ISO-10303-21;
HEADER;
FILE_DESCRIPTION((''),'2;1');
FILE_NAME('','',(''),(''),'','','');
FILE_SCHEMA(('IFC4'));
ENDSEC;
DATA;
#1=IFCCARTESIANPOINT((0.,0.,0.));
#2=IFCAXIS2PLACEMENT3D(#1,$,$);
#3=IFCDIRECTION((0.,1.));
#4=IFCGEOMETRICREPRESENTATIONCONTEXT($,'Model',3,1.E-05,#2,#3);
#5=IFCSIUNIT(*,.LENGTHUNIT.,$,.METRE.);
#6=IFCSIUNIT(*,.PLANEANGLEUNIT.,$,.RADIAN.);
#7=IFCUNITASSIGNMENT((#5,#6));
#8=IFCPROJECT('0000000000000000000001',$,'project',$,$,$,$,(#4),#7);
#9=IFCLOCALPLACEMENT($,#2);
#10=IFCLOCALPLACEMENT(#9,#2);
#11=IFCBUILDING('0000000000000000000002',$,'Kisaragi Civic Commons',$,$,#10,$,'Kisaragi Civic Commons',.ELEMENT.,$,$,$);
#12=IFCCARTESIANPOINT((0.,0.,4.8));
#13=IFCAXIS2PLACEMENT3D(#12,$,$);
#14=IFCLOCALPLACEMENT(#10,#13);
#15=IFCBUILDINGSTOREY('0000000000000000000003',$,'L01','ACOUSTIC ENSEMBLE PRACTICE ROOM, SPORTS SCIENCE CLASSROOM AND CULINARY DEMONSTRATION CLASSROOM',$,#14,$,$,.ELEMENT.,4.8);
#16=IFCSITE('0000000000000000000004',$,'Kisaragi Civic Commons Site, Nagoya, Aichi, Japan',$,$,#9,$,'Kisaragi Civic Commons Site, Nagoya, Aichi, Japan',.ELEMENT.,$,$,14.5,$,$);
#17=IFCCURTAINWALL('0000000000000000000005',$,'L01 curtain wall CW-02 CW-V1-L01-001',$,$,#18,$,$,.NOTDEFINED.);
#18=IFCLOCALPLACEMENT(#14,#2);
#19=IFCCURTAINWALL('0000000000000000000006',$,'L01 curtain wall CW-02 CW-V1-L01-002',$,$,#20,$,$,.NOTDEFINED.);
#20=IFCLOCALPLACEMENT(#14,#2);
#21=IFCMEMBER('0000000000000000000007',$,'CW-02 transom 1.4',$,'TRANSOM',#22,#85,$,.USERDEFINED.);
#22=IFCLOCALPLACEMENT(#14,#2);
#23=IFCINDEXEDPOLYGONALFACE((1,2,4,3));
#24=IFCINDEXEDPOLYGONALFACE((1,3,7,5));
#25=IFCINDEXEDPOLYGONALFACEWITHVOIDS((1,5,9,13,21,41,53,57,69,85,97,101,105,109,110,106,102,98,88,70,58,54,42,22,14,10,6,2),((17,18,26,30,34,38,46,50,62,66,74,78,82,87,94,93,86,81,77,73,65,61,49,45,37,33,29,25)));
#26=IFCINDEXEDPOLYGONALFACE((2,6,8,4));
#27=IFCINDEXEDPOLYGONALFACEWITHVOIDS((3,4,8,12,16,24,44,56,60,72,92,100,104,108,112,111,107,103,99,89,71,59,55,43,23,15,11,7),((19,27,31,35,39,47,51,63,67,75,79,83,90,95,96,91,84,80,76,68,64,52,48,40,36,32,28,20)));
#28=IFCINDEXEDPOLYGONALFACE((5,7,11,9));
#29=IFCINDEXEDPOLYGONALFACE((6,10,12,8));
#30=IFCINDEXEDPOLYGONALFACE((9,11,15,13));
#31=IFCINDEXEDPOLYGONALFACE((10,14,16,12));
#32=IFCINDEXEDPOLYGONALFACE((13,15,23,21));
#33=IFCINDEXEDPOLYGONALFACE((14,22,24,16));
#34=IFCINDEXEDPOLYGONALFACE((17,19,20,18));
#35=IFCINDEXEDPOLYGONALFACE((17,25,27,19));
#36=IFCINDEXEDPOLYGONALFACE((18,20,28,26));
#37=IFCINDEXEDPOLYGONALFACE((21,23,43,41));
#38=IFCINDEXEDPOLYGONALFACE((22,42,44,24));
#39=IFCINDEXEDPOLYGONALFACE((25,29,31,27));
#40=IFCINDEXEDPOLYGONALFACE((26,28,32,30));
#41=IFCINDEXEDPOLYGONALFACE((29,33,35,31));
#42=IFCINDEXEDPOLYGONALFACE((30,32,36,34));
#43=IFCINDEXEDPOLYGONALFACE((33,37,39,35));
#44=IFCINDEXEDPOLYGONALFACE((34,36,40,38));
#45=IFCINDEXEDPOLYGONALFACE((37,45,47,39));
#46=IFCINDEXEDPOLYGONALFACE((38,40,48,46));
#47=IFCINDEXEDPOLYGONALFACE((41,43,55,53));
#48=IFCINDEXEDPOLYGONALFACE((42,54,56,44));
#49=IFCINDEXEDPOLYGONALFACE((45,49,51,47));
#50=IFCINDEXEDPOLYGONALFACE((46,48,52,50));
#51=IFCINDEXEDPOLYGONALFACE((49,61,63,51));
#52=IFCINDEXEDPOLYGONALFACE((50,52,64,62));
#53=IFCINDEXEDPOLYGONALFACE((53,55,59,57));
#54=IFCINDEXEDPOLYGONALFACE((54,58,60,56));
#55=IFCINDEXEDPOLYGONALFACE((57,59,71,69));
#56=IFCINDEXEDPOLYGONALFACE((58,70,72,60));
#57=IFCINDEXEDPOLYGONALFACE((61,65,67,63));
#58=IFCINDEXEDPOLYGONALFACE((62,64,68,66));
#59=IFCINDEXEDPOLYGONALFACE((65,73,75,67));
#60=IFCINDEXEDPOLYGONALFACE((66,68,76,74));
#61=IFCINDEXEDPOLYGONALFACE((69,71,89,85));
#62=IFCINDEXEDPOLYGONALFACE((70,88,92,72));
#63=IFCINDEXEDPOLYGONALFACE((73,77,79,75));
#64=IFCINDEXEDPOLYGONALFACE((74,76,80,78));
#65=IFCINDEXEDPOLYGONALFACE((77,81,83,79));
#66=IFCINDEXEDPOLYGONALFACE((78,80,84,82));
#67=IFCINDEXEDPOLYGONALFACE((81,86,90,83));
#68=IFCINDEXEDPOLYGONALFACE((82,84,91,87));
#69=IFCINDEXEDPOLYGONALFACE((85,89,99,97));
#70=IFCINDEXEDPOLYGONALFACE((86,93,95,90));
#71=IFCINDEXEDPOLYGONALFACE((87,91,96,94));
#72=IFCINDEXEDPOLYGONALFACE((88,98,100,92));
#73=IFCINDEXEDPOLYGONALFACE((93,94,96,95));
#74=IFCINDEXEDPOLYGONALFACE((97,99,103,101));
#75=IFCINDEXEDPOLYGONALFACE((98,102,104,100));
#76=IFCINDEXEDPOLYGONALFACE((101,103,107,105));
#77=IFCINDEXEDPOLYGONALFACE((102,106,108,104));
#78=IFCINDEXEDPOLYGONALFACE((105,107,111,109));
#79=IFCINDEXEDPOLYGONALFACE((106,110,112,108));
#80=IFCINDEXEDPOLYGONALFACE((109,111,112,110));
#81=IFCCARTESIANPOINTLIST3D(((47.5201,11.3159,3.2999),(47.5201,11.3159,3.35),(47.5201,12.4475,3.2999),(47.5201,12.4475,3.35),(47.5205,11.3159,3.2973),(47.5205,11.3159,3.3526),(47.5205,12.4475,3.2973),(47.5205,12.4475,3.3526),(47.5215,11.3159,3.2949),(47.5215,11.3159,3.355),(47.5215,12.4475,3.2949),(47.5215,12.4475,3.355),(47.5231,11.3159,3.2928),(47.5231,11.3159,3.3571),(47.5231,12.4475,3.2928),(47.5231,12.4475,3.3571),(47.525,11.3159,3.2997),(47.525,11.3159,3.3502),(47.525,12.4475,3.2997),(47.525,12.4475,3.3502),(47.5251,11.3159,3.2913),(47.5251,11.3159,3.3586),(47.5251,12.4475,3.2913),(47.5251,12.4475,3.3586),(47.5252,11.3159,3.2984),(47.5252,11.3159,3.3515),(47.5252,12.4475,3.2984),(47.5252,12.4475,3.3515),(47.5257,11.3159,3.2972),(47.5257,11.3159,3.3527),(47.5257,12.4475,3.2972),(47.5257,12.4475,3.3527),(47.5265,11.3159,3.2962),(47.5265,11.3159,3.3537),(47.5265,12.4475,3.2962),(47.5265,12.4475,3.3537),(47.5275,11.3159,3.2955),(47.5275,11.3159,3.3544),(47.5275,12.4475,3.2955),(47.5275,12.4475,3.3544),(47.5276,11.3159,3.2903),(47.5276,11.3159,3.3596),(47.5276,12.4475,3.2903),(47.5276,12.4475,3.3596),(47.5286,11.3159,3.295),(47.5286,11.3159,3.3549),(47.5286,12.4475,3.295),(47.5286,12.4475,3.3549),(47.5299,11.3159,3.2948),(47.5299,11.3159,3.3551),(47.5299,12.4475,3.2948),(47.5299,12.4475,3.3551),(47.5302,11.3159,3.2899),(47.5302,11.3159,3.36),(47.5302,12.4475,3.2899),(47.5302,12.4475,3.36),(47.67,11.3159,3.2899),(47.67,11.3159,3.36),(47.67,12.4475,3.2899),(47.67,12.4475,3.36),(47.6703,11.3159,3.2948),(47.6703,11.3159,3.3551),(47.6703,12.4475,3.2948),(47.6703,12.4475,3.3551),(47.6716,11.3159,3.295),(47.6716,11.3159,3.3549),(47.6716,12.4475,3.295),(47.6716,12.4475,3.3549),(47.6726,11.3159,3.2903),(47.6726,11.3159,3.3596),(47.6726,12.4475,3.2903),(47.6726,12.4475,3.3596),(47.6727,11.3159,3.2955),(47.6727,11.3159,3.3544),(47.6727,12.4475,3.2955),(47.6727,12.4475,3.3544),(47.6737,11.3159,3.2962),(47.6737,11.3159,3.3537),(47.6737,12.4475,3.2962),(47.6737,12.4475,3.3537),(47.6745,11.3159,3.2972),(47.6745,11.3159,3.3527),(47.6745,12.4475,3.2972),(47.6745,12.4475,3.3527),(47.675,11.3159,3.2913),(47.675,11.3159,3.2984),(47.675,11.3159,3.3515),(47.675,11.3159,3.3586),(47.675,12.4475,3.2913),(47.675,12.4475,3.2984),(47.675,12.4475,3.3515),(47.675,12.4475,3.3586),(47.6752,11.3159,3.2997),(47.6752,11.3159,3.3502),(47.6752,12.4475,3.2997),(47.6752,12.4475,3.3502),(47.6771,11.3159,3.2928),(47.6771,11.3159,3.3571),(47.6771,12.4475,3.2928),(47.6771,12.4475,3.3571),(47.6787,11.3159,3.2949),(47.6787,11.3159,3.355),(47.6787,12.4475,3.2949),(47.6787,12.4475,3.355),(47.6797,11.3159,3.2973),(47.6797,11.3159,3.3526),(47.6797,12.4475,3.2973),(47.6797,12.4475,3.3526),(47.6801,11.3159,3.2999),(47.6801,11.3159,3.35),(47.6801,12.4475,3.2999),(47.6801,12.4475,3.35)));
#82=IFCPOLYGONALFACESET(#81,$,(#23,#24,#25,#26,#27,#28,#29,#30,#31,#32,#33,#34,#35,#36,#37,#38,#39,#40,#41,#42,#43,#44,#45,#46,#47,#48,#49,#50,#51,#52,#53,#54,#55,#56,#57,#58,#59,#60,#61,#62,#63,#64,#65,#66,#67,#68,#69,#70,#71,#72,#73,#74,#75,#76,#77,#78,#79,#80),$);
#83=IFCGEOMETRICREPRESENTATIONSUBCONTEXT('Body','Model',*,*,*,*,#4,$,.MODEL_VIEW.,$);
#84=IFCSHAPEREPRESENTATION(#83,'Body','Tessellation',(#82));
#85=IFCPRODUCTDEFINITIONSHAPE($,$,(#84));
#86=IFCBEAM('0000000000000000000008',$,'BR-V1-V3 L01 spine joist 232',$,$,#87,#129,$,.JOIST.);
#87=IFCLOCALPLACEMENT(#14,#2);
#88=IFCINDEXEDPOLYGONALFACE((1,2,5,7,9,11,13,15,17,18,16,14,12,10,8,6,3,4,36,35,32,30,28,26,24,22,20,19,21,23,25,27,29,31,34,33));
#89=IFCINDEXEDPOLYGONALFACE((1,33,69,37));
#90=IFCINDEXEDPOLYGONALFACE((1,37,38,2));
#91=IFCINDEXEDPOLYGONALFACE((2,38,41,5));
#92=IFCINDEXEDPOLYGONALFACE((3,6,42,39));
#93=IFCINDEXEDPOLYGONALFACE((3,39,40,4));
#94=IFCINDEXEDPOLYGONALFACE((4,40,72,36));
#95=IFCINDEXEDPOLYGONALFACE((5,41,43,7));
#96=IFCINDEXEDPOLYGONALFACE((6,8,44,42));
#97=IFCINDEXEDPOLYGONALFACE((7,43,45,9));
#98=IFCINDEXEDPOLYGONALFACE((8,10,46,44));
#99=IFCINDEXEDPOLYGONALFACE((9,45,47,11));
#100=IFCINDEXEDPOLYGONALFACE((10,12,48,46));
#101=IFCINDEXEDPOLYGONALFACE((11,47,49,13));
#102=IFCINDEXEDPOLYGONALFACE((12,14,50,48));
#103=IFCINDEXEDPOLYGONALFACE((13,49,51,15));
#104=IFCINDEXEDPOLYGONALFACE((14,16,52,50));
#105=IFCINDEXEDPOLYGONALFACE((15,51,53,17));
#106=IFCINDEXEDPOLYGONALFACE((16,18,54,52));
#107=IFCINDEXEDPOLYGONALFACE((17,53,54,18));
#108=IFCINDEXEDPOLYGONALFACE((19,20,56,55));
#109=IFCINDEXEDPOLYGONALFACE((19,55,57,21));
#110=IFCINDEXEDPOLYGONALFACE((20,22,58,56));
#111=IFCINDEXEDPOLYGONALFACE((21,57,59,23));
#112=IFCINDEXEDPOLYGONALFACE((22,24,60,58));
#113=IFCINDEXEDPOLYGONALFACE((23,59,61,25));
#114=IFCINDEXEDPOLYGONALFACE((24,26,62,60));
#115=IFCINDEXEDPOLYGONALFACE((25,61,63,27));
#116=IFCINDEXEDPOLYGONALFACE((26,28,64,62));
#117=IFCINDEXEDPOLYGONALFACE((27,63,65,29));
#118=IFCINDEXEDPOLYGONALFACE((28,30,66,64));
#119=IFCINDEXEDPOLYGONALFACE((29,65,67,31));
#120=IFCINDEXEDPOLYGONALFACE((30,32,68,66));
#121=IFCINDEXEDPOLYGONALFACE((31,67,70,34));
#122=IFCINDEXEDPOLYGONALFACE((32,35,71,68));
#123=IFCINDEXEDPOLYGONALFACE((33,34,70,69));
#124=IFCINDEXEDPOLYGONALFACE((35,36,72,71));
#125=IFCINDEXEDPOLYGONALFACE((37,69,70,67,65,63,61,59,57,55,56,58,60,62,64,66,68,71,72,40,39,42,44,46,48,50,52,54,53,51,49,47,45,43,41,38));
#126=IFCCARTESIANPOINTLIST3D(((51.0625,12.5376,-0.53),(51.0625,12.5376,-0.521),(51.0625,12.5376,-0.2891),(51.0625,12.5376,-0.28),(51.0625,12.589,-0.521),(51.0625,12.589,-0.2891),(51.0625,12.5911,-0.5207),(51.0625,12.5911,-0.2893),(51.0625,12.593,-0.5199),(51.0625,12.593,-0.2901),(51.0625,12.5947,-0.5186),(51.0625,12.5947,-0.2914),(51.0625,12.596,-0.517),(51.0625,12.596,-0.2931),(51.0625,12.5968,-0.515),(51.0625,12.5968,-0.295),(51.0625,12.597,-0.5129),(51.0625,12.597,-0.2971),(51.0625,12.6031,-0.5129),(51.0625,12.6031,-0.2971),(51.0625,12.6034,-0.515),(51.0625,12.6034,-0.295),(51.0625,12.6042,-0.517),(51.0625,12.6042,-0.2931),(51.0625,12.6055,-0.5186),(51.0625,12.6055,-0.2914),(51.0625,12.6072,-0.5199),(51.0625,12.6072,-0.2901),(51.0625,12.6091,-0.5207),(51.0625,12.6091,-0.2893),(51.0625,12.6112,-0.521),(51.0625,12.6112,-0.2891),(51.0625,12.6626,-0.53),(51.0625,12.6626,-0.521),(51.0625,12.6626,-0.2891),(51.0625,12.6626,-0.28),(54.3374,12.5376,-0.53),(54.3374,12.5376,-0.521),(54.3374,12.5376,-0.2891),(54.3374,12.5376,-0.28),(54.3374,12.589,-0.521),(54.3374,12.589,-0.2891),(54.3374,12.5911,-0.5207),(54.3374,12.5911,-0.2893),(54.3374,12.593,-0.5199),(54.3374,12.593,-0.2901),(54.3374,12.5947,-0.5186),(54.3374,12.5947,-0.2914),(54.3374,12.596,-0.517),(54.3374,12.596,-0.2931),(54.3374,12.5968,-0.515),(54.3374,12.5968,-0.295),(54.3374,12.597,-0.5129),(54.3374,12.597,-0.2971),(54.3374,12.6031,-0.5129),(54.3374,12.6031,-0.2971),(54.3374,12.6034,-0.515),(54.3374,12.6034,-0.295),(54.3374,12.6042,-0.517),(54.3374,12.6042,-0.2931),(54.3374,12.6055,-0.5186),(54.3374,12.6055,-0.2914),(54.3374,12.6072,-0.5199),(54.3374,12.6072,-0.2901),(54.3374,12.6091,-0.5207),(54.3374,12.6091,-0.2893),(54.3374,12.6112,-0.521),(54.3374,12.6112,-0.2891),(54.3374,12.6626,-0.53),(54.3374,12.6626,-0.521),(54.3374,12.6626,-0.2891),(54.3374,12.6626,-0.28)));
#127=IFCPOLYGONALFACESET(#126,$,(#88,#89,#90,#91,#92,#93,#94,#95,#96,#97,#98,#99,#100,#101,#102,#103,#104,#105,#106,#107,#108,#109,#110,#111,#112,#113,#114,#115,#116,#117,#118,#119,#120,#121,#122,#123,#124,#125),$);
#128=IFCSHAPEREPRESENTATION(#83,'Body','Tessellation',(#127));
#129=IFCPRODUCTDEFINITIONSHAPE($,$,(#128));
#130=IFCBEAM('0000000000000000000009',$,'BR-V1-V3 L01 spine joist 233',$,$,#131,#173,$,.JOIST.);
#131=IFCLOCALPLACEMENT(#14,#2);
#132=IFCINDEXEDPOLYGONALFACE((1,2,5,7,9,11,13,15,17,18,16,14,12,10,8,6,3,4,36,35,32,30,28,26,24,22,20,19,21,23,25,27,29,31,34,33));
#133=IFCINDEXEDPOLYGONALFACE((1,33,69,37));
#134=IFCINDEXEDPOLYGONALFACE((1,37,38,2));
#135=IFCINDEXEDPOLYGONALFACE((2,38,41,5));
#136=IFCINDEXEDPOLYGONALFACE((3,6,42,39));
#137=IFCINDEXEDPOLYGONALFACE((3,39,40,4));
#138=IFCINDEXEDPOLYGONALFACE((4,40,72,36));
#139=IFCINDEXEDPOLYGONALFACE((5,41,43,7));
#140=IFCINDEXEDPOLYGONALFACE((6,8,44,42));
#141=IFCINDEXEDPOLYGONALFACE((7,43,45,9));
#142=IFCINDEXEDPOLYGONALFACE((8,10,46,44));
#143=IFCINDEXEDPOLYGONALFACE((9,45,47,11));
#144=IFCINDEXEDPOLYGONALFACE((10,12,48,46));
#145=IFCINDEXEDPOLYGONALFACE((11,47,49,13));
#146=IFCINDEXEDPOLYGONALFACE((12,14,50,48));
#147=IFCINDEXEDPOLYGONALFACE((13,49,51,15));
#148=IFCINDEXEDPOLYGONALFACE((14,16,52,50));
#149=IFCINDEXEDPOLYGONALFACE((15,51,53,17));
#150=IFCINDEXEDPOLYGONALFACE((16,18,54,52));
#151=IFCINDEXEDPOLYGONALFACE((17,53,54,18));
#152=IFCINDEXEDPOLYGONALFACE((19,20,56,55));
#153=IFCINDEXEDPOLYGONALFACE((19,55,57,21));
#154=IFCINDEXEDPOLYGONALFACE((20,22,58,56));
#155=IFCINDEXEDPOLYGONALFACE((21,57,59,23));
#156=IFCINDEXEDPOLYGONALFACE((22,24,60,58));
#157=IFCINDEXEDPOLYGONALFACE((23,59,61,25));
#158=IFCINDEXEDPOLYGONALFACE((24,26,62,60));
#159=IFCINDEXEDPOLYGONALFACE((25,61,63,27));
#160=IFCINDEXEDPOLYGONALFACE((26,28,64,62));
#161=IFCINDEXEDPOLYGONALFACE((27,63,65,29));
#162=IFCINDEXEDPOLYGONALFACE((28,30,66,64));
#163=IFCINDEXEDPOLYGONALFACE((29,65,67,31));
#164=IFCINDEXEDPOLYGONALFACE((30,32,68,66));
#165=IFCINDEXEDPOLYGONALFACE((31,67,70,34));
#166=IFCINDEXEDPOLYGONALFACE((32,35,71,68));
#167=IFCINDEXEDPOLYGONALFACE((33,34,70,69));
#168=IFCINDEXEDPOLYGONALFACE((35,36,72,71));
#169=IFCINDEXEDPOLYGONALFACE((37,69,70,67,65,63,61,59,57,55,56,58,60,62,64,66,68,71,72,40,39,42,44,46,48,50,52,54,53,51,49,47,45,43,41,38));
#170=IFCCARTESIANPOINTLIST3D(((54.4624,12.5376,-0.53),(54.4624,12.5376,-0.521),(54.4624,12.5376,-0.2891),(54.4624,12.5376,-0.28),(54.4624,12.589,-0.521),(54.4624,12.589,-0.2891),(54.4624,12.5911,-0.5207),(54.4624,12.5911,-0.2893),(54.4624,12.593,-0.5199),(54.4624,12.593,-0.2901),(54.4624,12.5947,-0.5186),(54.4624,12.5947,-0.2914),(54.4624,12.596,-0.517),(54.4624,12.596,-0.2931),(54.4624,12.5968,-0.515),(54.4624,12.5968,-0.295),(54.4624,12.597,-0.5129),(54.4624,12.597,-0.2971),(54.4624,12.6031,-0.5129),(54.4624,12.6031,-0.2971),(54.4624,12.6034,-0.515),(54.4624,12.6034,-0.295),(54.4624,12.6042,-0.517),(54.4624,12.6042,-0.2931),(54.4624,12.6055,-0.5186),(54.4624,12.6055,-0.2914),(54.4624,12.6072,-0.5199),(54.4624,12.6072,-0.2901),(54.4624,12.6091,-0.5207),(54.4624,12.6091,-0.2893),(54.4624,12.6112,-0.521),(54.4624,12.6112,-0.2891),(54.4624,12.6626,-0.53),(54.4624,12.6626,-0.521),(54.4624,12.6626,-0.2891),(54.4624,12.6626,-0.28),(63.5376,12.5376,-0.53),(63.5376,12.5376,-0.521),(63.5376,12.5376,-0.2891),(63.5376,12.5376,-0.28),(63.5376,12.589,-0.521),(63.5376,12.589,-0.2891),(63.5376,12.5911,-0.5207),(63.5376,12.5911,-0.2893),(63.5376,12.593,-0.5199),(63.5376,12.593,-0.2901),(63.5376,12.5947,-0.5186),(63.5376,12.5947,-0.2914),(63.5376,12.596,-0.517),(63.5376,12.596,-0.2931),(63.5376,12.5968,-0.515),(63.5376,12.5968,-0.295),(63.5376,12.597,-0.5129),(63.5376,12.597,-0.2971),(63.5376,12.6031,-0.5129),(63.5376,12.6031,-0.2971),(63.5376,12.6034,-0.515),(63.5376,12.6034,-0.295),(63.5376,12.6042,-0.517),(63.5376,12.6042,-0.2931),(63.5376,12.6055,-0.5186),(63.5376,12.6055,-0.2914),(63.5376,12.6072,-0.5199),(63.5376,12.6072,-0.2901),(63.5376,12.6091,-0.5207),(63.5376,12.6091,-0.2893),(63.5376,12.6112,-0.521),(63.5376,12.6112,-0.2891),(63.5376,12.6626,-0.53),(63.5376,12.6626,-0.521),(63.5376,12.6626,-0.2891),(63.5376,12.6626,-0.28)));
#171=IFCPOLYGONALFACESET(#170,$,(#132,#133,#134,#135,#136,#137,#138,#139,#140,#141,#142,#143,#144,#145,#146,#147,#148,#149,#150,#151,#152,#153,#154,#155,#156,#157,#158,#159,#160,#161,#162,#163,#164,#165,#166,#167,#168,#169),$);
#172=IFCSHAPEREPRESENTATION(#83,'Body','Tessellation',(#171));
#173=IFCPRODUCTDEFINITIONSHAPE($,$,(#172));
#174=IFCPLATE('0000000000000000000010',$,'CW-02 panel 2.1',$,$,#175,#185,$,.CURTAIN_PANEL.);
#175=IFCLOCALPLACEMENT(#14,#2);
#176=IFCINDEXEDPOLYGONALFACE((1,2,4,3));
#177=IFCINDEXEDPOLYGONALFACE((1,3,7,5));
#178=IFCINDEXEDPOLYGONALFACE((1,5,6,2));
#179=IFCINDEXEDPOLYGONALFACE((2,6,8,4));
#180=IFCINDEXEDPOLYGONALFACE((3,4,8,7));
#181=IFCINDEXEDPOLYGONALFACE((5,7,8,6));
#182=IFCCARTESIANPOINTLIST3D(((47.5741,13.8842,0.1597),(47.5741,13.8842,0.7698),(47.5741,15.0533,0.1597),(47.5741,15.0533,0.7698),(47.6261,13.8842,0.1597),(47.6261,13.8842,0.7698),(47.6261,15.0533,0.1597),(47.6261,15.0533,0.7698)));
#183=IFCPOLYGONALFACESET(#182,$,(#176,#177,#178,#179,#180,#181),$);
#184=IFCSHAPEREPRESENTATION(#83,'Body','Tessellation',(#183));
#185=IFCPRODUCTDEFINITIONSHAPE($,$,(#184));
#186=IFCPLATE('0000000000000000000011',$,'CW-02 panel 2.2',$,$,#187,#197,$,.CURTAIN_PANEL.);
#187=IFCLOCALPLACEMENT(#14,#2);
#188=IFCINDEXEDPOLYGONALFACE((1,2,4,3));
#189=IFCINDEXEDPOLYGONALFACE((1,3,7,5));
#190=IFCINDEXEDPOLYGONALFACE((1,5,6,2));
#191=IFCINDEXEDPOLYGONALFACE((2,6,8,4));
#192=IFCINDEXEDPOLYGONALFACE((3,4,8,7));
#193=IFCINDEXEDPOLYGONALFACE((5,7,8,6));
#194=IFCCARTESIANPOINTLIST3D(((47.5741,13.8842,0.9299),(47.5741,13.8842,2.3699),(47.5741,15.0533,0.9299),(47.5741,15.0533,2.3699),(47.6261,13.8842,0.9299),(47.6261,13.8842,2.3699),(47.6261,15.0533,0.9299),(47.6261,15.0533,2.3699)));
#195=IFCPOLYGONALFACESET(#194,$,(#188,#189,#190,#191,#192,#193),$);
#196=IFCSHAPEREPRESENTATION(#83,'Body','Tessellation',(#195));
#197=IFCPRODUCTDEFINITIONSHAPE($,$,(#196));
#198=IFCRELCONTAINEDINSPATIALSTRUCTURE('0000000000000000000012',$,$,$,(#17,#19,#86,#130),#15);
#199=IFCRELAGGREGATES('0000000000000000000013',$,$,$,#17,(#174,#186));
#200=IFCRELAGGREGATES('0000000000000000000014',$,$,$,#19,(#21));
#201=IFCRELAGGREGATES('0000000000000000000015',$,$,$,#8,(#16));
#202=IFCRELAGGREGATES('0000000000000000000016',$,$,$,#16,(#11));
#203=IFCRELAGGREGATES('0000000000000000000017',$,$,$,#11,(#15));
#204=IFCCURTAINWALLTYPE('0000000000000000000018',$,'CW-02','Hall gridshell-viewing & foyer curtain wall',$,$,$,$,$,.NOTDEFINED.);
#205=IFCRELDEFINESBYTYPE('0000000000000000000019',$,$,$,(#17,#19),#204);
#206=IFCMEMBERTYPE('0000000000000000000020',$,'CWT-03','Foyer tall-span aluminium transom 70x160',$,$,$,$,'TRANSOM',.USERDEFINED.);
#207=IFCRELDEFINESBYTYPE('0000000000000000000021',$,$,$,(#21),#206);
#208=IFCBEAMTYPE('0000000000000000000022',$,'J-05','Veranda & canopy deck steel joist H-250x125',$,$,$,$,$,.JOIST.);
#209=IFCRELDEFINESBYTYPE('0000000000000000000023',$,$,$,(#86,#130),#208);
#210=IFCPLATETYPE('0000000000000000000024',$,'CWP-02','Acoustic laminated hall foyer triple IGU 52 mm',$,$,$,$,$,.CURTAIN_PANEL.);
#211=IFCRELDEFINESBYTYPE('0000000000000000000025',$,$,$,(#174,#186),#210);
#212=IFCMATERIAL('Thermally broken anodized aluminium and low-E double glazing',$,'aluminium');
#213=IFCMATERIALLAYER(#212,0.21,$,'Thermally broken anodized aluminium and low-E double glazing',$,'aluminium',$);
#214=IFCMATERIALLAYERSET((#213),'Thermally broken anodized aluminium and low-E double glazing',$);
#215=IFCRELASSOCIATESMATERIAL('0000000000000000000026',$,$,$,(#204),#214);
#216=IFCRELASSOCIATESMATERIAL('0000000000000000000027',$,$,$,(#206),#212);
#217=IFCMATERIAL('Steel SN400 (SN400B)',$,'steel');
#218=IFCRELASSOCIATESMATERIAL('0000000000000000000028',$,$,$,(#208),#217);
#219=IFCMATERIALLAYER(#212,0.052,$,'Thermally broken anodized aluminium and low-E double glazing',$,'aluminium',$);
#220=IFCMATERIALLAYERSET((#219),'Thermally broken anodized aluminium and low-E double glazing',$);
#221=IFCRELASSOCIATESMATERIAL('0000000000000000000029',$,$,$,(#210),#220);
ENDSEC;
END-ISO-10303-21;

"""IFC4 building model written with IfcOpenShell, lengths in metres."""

from ifc_helpers import new_model, si_unit, direction, frame, origin, origin_2d, place, context, subcontext, project, spatial, rectangle, hollow_rectangle, i_section, extrude, material, layer, layer_set, material_profile, profile_set, type_object, element, aggregate, save


model = new_model("IFC4")

# Units and contexts
model_context = context("Model", 3, precision=1e-05, world=origin(), true_north=direction((0.0, 1.0)))
body_context = subcontext(model_context, "Body", "Model", "MODEL_VIEW")
ifc_project = project(units=[si_unit("LENGTHUNIT", "METRE"), si_unit("PLANEANGLEUNIT", "RADIAN")], contexts=[model_context])

# Site, building, storey
site_placement = place(None, origin())
site = spatial("IfcSite", under=ifc_project, at=site_placement, Name="Kisaragi Civic Commons Site, Nagoya, Aichi, Japan", LongName="Kisaragi Civic Commons Site, Nagoya, Aichi, Japan", CompositionType="ELEMENT", RefElevation=14.5)
building_placement = place(site_placement, origin())
building = spatial("IfcBuilding", under=site, at=building_placement, Name="Kisaragi Civic Commons", LongName="Kisaragi Civic Commons", CompositionType="ELEMENT")
storey_placement = place(building_placement, frame((0.0, 0.0, 4.8)))
storey = spatial("IfcBuildingStorey", under=building, at=storey_placement, Name="L01", Description="ACOUSTIC ENSEMBLE PRACTICE ROOM, SPORTS SCIENCE CLASSROOM AND CULINARY DEMONSTRATION CLASSROOM", CompositionType="ELEMENT", Elevation=4.8)

# Curtain wall
ifc_material_1 = material(Name="Thermally broken anodized aluminium and low-E double glazing", Category="aluminium")
ifc_layer_1 = layer(ifc_material_1, 0.21, Name="Thermally broken anodized aluminium and low-E double glazing", Category="aluminium")
ifc_layer_set_1 = layer_set([ifc_layer_1], Name="Thermally broken anodized aluminium and low-E double glazing")
curtain_wall_type = type_object("IfcCurtainWallType", Name="CW-02", Description="Hall gridshell-viewing & foyer curtain wall", PredefinedType="NOTDEFINED", material=ifc_layer_set_1)
curtain_wall_1_placement = place(storey_placement, origin())
curtain_wall_1 = element("IfcCurtainWall", 1, at=curtain_wall_1_placement, inside=storey, type_object=curtain_wall_type, Name="L01 curtain wall CW-02 CW-V1-L01-001", PredefinedType="NOTDEFINED")

# Curtain wall
curtain_wall_2_placement = place(storey_placement, origin())
curtain_wall_2 = element("IfcCurtainWall", 2, at=curtain_wall_2_placement, inside=storey, type_object=curtain_wall_type, Name="L01 curtain wall CW-02 CW-V1-L01-002", PredefinedType="NOTDEFINED")

# Member
ifc_material_profile_1 = material_profile(ifc_material_1, hollow_rectangle(XDim=0.1599, YDim=0.0701, WallThickness=0.0049, InnerFilletRadius=0.0049, OuterFilletRadius=0.01, at=origin_2d()), Name="CWT-70x160x5", Category="aluminium")
ifc_profile_set_1 = profile_set([ifc_material_profile_1], Name="Thermally broken anodized aluminium and low-E double glazing")
member_type_1 = type_object("IfcMemberType", Name="CWT-03", Description="Foyer tall-span aluminium transom 70x160", ElementType="TRANSOM", PredefinedType="USERDEFINED", material=ifc_profile_set_1)
member_1_placement = place(storey_placement, frame((47.6001, 12.4475, 3.325), z_axis=(0.0, -1.0, 0.0), x_axis=(1.0, 0.0, 0.0)))
member_1 = element("IfcMember", 3, at=member_1_placement, type_object=member_type_1, Name="CW-02 transom 1.4", ObjectType="TRANSOM", PredefinedType="USERDEFINED", context=body_context, shape_type="SweptSolid", body=[
    extrude(hollow_rectangle(XDim=0.1599, YDim=0.0701, WallThickness=0.0049, InnerFilletRadius=0.0049, OuterFilletRadius=0.01, at=origin_2d()), origin(), (0.0, 0.0, 1.0), 1.1316),
])

# Beams
ifc_material_2 = material(Name="Steel SN400 (SN400B)", Category="steel")
ifc_material_profile_2 = material_profile(ifc_material_2, i_section(OverallWidth=0.125, OverallDepth=0.25, WebThickness=0.0061, FlangeThickness=0.009, FilletRadius=0.0081, at=origin_2d()), Name="H-250x125x6x9", Category="steel")
ifc_profile_set_2 = profile_set([ifc_material_profile_2], Name="Steel SN400 (SN400B)")
beam_type = type_object("IfcBeamType", Name="J-05", Description="Veranda & canopy deck steel joist H-250x125", PredefinedType="JOIST", material=ifc_profile_set_2)
beam_1_placement = place(storey_placement, frame((51.0625, 12.6001, -0.405), z_axis=(1.0, 0.0, 0.0), x_axis=(0.0, 1.0, 0.0)))
element("IfcBeam", 4, at=beam_1_placement, inside=storey, type_object=beam_type, Name="BR-V1-V3 L01 spine joist 232", PredefinedType="JOIST", context=body_context, shape_type="SweptSolid", body=[
    extrude(i_section(OverallWidth=0.125, OverallDepth=0.25, WebThickness=0.0061, FlangeThickness=0.009, FilletRadius=0.0081, at=origin_2d()), origin(), (0.0, 0.0, 1.0), 3.2749),
])
beam_2_placement = place(storey_placement, frame((54.4624, 12.6001, -0.405), z_axis=(1.0, 0.0, 0.0), x_axis=(0.0, 1.0, 0.0)))
element("IfcBeam", 5, at=beam_2_placement, inside=storey, type_object=beam_type, Name="BR-V1-V3 L01 spine joist 233", PredefinedType="JOIST", context=body_context, shape_type="SweptSolid", body=[
    extrude(i_section(OverallWidth=0.125, OverallDepth=0.25, WebThickness=0.0061, FlangeThickness=0.009, FilletRadius=0.0081, at=origin_2d()), origin(), (0.0, 0.0, 1.0), 9.0752),
])

# Plates
ifc_layer_2 = layer(ifc_material_1, 0.052, Name="Thermally broken anodized aluminium and low-E double glazing", Category="aluminium")
ifc_layer_set_2 = layer_set([ifc_layer_2], Name="Thermally broken anodized aluminium and low-E double glazing")
plate_type_1 = type_object("IfcPlateType", Name="CWP-02", Description="Acoustic laminated hall foyer triple IGU 52 mm", PredefinedType="CURTAIN_PANEL", material=ifc_layer_set_2)
plate_1_placement = place(storey_placement, frame((47.6001, 14.4688, 0.1597), z_axis=(0.0, 0.0, 1.0), x_axis=(0.0, -1.0, 0.0)))
plate_1 = element("IfcPlate", 6, at=plate_1_placement, type_object=plate_type_1, Name="CW-02 panel 2.1", PredefinedType="CURTAIN_PANEL", context=body_context, shape_type="SweptSolid", body=[
    extrude(rectangle(XDim=1.1692, YDim=0.052, at=origin_2d()), origin(), (0.0, 0.0, 1.0), 0.6101),
])
plate_2_placement = place(storey_placement, frame((47.6001, 14.4688, 0.9299), z_axis=(0.0, 0.0, 1.0), x_axis=(0.0, -1.0, 0.0)))
plate_2 = element("IfcPlate", 7, at=plate_2_placement, type_object=plate_type_1, Name="CW-02 panel 2.2", PredefinedType="CURTAIN_PANEL", context=body_context, shape_type="SweptSolid", body=[
    extrude(rectangle(XDim=1.1692, YDim=0.052, at=origin_2d()), origin(), (0.0, 0.0, 1.0), 1.4399),
])
aggregate(curtain_wall_1, [plate_1, plate_2])
aggregate(curtain_wall_2, [member_1])

save(model, "model.ifc")
